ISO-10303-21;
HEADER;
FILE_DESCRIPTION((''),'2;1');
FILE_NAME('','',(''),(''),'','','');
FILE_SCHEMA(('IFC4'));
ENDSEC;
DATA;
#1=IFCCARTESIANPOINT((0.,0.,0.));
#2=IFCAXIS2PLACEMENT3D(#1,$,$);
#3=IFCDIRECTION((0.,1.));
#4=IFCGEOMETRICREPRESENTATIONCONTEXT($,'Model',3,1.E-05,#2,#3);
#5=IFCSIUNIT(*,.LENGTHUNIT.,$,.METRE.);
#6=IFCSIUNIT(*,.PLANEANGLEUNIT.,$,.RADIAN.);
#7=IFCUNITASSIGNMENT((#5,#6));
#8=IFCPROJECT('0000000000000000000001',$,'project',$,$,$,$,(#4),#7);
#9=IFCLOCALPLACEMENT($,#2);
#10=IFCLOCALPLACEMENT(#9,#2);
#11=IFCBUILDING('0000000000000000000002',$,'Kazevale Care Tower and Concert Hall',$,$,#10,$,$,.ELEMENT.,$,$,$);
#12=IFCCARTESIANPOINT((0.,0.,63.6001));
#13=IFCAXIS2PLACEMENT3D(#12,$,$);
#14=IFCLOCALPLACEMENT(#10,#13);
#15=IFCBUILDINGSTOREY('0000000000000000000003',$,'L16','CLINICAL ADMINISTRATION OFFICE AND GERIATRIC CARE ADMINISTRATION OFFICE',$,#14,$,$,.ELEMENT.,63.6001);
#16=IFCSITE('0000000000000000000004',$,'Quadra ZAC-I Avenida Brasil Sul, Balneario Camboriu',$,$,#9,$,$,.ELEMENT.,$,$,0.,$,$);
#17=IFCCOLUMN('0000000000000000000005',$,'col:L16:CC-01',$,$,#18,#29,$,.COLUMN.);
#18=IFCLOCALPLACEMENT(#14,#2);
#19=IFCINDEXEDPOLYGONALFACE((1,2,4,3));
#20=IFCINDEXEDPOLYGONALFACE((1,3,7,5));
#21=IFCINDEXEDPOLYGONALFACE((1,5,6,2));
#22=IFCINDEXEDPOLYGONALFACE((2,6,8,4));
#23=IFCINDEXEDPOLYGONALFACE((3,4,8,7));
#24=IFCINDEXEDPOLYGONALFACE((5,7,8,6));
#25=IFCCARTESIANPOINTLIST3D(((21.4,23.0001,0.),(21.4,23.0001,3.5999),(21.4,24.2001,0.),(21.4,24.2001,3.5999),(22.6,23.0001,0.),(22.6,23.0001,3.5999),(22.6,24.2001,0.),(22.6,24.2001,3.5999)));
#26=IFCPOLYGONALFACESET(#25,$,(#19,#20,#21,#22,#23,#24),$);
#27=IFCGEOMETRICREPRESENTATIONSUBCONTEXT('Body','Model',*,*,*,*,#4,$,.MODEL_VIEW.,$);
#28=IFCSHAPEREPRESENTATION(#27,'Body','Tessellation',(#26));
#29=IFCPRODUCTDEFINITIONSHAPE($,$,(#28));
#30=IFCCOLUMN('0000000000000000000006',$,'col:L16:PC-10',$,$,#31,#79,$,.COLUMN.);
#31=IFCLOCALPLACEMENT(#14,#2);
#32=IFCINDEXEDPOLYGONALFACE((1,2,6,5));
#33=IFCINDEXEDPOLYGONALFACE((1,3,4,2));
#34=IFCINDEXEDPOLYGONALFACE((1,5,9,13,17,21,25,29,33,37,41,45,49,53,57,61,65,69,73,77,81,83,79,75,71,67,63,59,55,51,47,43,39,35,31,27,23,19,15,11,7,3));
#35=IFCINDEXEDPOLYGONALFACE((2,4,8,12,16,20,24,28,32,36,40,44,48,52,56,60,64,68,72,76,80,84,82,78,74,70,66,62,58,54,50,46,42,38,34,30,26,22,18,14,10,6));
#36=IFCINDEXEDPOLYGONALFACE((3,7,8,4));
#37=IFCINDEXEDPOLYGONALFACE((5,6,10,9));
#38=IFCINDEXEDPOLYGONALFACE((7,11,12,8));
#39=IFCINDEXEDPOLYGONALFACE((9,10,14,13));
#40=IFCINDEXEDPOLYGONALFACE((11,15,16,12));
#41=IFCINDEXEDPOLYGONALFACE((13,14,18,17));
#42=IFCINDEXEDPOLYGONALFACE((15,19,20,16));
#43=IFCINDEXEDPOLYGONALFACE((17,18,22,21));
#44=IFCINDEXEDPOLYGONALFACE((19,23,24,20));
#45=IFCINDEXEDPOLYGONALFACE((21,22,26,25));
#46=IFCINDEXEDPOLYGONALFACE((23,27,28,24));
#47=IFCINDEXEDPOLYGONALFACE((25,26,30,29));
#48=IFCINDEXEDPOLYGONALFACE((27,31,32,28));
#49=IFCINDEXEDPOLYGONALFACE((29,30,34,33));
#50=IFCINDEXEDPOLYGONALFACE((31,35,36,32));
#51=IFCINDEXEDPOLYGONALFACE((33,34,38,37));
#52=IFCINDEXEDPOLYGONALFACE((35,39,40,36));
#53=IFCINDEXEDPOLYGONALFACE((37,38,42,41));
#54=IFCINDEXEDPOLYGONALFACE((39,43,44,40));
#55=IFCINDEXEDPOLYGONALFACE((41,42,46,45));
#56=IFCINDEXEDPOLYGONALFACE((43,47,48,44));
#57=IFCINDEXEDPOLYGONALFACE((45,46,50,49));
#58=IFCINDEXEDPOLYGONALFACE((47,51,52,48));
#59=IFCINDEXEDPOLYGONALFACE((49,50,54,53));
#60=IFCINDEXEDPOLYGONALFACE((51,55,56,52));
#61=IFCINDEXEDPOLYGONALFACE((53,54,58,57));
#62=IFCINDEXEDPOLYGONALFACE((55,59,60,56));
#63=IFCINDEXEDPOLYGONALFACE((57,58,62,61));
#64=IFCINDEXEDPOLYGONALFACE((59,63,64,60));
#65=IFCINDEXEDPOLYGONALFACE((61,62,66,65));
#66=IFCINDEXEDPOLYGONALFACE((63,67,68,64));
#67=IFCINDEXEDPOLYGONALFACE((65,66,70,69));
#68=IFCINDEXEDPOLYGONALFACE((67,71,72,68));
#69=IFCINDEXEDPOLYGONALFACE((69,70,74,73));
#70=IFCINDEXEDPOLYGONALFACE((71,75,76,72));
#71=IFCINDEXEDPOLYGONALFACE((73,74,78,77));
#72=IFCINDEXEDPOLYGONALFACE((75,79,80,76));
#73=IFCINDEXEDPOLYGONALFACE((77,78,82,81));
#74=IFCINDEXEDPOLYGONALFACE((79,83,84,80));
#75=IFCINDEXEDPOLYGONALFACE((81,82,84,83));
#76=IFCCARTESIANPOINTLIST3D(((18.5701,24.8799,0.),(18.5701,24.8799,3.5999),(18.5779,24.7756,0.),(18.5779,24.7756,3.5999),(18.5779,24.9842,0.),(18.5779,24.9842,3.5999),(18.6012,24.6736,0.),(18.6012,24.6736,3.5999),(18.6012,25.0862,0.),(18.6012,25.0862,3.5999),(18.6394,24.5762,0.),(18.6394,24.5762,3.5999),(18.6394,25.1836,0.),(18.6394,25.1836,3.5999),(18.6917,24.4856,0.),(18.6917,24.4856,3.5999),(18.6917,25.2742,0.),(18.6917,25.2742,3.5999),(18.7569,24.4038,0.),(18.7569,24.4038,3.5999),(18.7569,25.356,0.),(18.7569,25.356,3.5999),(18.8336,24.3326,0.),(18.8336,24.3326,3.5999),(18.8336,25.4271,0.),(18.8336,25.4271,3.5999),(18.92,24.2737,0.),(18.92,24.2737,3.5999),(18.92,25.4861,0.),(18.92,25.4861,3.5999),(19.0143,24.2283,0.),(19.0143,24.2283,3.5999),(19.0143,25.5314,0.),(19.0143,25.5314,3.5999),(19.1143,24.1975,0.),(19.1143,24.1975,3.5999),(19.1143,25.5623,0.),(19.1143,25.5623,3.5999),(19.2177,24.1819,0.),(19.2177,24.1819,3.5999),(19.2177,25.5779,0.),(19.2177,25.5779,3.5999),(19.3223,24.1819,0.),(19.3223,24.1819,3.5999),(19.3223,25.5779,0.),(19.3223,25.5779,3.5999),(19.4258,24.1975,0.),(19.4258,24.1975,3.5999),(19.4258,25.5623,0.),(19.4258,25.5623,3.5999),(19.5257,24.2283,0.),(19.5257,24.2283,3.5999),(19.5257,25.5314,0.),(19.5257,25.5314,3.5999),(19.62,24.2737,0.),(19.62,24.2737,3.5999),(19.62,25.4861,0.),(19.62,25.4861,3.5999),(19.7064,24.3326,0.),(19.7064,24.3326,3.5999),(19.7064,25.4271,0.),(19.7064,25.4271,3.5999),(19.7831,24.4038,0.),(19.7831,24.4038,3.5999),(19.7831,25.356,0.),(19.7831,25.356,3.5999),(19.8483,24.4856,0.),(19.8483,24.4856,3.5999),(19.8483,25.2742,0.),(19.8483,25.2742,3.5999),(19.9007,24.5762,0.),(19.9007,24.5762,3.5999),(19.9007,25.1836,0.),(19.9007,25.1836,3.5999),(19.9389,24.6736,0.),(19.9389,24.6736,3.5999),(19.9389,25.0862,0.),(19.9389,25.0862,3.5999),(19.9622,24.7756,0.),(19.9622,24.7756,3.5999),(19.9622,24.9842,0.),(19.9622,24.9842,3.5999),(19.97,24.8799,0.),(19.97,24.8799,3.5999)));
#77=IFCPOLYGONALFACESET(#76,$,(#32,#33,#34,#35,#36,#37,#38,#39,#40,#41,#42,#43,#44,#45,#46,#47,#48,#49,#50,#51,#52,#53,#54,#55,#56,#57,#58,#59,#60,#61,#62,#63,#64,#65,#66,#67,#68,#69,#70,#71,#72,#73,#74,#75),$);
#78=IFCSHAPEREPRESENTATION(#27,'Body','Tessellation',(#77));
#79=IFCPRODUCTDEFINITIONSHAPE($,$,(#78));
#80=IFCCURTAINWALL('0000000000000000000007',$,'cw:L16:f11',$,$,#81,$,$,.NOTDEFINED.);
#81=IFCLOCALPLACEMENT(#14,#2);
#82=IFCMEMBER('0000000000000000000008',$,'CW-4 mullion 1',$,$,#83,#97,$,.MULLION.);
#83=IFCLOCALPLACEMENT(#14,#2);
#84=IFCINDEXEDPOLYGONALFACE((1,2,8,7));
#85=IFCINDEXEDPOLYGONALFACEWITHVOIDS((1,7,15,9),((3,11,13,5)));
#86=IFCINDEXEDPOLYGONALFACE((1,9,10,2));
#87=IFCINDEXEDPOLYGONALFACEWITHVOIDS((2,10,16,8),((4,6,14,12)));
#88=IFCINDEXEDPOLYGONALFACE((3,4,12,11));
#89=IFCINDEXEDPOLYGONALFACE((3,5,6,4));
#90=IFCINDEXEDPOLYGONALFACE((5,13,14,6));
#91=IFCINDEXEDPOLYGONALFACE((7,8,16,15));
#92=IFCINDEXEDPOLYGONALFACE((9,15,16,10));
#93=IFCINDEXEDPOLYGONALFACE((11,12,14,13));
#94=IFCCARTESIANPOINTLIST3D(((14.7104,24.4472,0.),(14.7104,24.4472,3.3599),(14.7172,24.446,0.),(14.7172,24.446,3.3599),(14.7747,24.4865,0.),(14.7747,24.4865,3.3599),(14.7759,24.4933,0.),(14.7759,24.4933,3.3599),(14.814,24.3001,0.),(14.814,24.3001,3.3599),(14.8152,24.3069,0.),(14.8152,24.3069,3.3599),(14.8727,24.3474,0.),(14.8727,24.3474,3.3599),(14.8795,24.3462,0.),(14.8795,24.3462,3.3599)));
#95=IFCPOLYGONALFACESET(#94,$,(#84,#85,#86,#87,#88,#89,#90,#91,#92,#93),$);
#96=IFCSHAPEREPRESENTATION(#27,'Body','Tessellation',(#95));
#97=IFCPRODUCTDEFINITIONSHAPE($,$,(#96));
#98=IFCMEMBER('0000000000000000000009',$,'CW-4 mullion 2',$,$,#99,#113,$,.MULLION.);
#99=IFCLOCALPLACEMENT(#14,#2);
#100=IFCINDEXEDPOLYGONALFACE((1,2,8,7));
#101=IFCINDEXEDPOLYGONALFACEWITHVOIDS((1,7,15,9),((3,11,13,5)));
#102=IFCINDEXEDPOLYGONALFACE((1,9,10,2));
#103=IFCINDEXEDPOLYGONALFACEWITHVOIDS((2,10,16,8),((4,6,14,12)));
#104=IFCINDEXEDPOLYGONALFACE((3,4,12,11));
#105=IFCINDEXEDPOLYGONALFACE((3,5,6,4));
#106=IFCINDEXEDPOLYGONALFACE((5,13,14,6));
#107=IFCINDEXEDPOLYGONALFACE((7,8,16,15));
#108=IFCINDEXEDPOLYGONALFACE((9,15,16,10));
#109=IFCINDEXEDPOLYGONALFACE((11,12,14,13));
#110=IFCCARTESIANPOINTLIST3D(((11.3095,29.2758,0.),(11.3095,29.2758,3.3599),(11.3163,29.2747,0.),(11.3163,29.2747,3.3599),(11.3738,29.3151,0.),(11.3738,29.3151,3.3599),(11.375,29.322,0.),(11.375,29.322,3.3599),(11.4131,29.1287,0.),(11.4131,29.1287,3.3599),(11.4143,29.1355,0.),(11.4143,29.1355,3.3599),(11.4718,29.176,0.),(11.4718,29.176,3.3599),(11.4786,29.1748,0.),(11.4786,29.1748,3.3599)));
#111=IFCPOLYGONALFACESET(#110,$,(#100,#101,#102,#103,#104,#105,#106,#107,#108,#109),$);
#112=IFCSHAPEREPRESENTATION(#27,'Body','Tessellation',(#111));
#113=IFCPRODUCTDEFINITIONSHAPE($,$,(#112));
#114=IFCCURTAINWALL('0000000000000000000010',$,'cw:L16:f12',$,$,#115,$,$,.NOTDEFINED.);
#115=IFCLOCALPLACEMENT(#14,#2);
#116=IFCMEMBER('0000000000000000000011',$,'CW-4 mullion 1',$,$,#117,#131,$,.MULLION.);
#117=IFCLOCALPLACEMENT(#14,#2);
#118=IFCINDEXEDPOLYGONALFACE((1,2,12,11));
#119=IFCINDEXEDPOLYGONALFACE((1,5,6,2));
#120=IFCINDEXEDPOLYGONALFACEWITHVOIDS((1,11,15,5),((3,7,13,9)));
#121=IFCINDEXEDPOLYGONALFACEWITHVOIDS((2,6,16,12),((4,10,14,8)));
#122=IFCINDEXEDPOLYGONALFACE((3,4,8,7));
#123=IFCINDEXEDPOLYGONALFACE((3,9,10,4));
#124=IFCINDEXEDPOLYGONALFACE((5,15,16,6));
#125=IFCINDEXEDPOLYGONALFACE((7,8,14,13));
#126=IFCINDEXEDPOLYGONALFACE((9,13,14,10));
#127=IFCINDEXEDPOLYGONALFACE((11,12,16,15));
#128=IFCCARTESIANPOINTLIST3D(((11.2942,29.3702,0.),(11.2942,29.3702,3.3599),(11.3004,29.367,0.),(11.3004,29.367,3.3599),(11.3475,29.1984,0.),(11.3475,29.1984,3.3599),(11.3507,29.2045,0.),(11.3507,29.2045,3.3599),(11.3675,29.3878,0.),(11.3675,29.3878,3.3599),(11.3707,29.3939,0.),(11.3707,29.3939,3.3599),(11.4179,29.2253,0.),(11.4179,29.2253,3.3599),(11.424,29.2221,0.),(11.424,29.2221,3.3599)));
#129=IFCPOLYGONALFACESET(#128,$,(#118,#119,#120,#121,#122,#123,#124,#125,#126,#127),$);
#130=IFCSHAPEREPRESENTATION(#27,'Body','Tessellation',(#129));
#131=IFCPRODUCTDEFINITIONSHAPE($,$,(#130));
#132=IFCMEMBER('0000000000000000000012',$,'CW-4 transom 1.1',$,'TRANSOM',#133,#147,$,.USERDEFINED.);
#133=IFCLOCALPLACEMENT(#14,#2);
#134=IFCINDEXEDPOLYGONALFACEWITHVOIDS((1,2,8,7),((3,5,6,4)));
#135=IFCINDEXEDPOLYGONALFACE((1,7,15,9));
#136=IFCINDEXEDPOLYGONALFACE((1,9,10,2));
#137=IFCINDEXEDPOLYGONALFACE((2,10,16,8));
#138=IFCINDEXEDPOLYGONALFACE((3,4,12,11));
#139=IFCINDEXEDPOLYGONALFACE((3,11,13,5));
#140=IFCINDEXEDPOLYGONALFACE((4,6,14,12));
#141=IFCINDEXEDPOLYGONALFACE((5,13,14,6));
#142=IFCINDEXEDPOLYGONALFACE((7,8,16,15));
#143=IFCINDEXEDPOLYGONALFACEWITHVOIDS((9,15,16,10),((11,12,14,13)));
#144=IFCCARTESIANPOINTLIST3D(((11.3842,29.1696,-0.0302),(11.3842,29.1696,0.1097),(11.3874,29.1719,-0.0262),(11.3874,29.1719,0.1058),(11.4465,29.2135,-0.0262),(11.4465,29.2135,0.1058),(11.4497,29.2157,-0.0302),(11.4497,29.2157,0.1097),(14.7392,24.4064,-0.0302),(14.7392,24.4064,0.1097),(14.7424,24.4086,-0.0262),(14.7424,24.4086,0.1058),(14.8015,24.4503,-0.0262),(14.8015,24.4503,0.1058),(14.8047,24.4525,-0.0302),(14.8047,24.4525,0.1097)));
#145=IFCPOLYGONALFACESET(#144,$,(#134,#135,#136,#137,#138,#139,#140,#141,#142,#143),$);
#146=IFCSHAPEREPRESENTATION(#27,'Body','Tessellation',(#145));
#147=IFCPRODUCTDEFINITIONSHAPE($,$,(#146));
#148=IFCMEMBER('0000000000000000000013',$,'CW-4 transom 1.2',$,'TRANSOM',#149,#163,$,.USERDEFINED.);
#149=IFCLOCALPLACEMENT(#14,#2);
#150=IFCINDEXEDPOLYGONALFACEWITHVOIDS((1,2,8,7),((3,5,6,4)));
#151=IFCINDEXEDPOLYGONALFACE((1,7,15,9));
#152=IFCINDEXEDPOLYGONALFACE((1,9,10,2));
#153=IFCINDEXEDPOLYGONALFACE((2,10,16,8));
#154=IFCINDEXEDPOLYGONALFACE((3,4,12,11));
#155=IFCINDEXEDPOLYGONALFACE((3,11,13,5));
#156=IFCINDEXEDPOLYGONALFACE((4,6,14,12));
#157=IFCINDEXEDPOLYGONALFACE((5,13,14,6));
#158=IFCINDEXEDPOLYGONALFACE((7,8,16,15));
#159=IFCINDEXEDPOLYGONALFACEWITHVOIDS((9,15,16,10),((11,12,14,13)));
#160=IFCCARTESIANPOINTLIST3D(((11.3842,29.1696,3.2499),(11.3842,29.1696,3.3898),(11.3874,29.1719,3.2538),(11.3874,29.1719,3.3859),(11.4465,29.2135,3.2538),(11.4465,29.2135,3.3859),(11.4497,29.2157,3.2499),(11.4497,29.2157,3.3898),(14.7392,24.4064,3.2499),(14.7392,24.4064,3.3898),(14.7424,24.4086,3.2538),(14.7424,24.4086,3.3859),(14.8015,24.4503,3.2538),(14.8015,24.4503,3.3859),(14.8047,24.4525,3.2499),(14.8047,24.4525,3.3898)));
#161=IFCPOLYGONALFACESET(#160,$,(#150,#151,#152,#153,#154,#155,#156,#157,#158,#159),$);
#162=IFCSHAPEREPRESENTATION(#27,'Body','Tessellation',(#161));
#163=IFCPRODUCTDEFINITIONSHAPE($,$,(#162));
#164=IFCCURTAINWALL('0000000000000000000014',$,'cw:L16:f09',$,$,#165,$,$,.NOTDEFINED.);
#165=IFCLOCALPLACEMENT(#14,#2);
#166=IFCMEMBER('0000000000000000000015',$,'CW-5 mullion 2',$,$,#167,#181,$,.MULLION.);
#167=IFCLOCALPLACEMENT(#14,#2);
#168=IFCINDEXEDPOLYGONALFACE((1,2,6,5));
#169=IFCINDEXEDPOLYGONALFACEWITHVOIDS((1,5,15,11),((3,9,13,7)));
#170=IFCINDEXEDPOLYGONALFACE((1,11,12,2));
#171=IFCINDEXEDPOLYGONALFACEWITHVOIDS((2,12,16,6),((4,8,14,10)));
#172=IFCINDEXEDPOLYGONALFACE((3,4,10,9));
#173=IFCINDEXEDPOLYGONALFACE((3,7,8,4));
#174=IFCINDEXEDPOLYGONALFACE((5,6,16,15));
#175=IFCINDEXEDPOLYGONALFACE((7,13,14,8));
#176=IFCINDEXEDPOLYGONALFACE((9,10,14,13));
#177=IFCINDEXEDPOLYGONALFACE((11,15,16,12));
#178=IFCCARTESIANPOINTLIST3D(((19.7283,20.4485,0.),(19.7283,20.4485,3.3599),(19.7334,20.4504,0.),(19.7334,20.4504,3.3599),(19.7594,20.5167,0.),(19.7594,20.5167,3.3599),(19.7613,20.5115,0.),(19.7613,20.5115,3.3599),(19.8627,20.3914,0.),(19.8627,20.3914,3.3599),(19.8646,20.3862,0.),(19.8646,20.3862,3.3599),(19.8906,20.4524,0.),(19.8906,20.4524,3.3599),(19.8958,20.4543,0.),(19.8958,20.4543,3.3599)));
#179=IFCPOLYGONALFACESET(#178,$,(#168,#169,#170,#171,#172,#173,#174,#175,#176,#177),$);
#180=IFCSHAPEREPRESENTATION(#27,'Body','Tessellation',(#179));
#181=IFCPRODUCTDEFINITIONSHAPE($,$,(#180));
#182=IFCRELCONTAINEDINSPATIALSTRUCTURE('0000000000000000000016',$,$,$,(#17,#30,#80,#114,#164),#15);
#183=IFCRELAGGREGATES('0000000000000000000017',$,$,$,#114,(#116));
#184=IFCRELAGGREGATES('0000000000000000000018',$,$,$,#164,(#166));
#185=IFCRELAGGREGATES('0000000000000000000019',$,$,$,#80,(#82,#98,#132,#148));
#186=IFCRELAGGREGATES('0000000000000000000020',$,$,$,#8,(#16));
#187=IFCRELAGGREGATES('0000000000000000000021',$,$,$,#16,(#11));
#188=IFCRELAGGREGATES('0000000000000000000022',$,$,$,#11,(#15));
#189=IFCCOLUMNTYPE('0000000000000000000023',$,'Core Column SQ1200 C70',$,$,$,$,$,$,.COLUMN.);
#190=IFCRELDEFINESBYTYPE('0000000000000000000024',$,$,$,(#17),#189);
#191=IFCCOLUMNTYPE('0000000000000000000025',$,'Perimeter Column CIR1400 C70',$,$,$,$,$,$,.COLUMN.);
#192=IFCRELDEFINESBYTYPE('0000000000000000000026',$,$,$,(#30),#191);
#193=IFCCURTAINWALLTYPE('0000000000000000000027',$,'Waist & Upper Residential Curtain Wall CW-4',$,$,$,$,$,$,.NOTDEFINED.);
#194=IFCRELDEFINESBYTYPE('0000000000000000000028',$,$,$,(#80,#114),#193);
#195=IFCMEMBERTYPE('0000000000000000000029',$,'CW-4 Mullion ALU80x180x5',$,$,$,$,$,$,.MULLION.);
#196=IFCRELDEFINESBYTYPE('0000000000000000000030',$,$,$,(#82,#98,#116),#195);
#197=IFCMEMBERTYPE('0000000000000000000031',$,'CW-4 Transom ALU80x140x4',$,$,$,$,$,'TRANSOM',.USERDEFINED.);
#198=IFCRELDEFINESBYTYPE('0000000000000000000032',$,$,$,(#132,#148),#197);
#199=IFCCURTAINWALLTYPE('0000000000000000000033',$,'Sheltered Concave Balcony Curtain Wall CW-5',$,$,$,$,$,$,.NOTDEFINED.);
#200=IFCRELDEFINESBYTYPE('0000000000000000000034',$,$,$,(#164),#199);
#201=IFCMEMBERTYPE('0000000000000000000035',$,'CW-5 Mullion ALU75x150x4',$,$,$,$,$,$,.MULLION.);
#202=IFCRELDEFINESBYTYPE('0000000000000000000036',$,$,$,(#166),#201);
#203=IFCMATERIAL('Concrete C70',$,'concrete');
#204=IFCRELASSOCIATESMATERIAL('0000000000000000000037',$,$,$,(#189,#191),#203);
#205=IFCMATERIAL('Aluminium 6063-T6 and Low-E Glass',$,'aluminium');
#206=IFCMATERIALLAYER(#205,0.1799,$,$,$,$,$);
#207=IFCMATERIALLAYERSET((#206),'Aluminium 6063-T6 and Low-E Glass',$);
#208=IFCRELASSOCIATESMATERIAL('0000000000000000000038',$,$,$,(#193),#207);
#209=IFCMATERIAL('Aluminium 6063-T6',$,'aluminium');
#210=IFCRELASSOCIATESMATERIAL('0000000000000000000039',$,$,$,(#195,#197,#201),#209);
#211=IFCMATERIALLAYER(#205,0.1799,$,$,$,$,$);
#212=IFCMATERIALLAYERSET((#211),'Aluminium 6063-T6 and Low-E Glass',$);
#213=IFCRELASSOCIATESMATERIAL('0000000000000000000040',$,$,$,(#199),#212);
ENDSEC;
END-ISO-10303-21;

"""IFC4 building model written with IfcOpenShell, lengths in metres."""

from ifc_helpers import new_model, si_unit, direction, frame, origin, origin_2d, place, context, subcontext, project, spatial, rectangle, hollow_rectangle, circle, extrude, material, layer, layer_set, material_profile, profile_set, type_object, element, aggregate, save


model = new_model("IFC4")

# Units and contexts
model_context = context("Model", 3, precision=1e-05, world=origin(), true_north=direction((0.0, 1.0)))
body_context = subcontext(model_context, "Body", "Model", "MODEL_VIEW")
ifc_project = project(units=[si_unit("LENGTHUNIT", "METRE"), si_unit("PLANEANGLEUNIT", "RADIAN")], contexts=[model_context])

# Site, building, storey
site_placement = place(None, origin())
site = spatial("IfcSite", under=ifc_project, at=site_placement, Name="Quadra ZAC-I Avenida Brasil Sul, Balneario Camboriu", CompositionType="ELEMENT", RefElevation=0.0)
building_placement = place(site_placement, origin())
building = spatial("IfcBuilding", under=site, at=building_placement, Name="Kazevale Care Tower and Concert Hall", CompositionType="ELEMENT")
storey_placement = place(building_placement, frame((0.0, 0.0, 63.6001)))
storey = spatial("IfcBuildingStorey", under=building, at=storey_placement, Name="L16", Description="CLINICAL ADMINISTRATION OFFICE AND GERIATRIC CARE ADMINISTRATION OFFICE", CompositionType="ELEMENT", Elevation=63.6001)

# Columns
ifc_material_1 = material(Name="Concrete C70", Category="concrete")
ifc_material_profile_1 = material_profile(ifc_material_1, rectangle(XDim=1.2, YDim=1.2, at=origin_2d()), Name="RC-SQ1200")
ifc_profile_set_1 = profile_set([ifc_material_profile_1], Name="Concrete C70")
column_type_1 = type_object("IfcColumnType", Name="Core Column SQ1200 C70", PredefinedType="COLUMN", material=ifc_profile_set_1)
column_1_placement = place(storey_placement, frame((22.0, 23.6001, 0.0), z_axis=(0.0, 0.0, 1.0), x_axis=(1.0, 0.0, 0.0)))
element("IfcColumn", 1, at=column_1_placement, inside=storey, type_object=column_type_1, Name="col:L16:CC-01", PredefinedType="COLUMN", context=body_context, shape_type="SweptSolid", body=[
    extrude(rectangle(XDim=1.2, YDim=1.2, at=origin_2d()), origin(), (0.0, 0.0, 1.0), 3.5999),
])
ifc_material_profile_2 = material_profile(ifc_material_1, circle(Radius=0.7, at=origin_2d()), Name="RC-CIR1400")
ifc_profile_set_2 = profile_set([ifc_material_profile_2], Name="Concrete C70")
column_type_2 = type_object("IfcColumnType", Name="Perimeter Column CIR1400 C70", PredefinedType="COLUMN", material=ifc_profile_set_2)
column_2_placement = place(storey_placement, frame((19.27, 24.8799, 0.0), z_axis=(0.0, 0.0, 1.0), x_axis=(1.0, 0.0, 0.0)))
element("IfcColumn", 2, at=column_2_placement, inside=storey, type_object=column_type_2, Name="col:L16:PC-10", PredefinedType="COLUMN", context=body_context, shape_type="SweptSolid", body=[
    extrude(circle(Radius=0.7, at=origin_2d()), origin(), (0.0, 0.0, 1.0), 3.5999),
])

# Curtain wall, members
ifc_material_2 = material(Name="Aluminium 6063-T6 and Low-E Glass", Category="aluminium")
ifc_layer_1 = layer(ifc_material_2, 0.1799)
ifc_layer_set_1 = layer_set([ifc_layer_1], Name="Aluminium 6063-T6 and Low-E Glass")
curtain_wall_type_1 = type_object("IfcCurtainWallType", Name="Waist & Upper Residential Curtain Wall CW-4", PredefinedType="NOTDEFINED", material=ifc_layer_set_1)
curtain_wall_1_placement = place(storey_placement, origin())
curtain_wall_1 = element("IfcCurtainWall", 3, at=curtain_wall_1_placement, inside=storey, type_object=curtain_wall_type_1, Name="cw:L16:f11", PredefinedType="NOTDEFINED")
ifc_material_3 = material(Name="Aluminium 6063-T6", Category="aluminium")
ifc_material_profile_3 = material_profile(ifc_material_3, hollow_rectangle(XDim=0.0801, YDim=0.1799, WallThickness=0.0049, at=origin_2d()), Name="ALU80x180x5")
ifc_profile_set_3 = profile_set([ifc_material_profile_3], Name="Aluminium 6063-T6")
member_type_1 = type_object("IfcMemberType", Name="CW-4 Mullion ALU80x180x5", PredefinedType="MULLION", material=ifc_profile_set_3)
member_1_placement = place(storey_placement, frame((14.7949, 24.3967, 0.0), z_axis=(0.0, 0.0, 1.0), x_axis=(-0.817565, -0.575837, 0.0)))
member_1 = element("IfcMember", 4, at=member_1_placement, type_object=member_type_1, Name="CW-4 mullion 1", PredefinedType="MULLION", context=body_context, shape_type="SweptSolid", body=[
    extrude(hollow_rectangle(XDim=0.0801, YDim=0.1799, WallThickness=0.0049, at=origin_2d()), origin(), (0.0, 0.0, 1.0), 3.3599),
])
member_2_placement = place(storey_placement, frame((11.394, 29.2253, 0.0), z_axis=(0.0, 0.0, 1.0), x_axis=(-0.817565, -0.575837, 0.0)))
member_2 = element("IfcMember", 5, at=member_2_placement, type_object=member_type_1, Name="CW-4 mullion 2", PredefinedType="MULLION", context=body_context, shape_type="SweptSolid", body=[
    extrude(hollow_rectangle(XDim=0.0801, YDim=0.1799, WallThickness=0.0049, at=origin_2d()), origin(), (0.0, 0.0, 1.0), 3.3599),
])

# Curtain wall, member
curtain_wall_2_placement = place(storey_placement, origin())
curtain_wall_2 = element("IfcCurtainWall", 6, at=curtain_wall_2_placement, inside=storey, type_object=curtain_wall_type_1, Name="cw:L16:f12", PredefinedType="NOTDEFINED")
member_3_placement = place(storey_placement, frame((11.3591, 29.2961, 0.0), z_axis=(0.0, 0.0, 1.0), x_axis=(-0.955157, -0.296099, 0.0)))
member_3 = element("IfcMember", 7, at=member_3_placement, type_object=member_type_1, Name="CW-4 mullion 1", PredefinedType="MULLION", context=body_context, shape_type="SweptSolid", body=[
    extrude(hollow_rectangle(XDim=0.0801, YDim=0.1799, WallThickness=0.0049, at=origin_2d()), origin(), (0.0, 0.0, 1.0), 3.3599),
])
aggregate(curtain_wall_2, [member_3])

# Members
ifc_material_profile_4 = material_profile(ifc_material_3, hollow_rectangle(XDim=0.0801, YDim=0.1399, WallThickness=0.0039, at=origin_2d()), Name="ALU80x140x4")
ifc_profile_set_4 = profile_set([ifc_material_profile_4], Name="Aluminium 6063-T6")
member_type_2 = type_object("IfcMemberType", Name="CW-4 Transom ALU80x140x4", ElementType="TRANSOM", PredefinedType="USERDEFINED", material=ifc_profile_set_4)
member_4_placement = place(storey_placement, frame((14.772, 24.4294, 0.0398), z_axis=(-0.57585, 0.817555, 0.0), x_axis=(-0.817555, -0.57585, 0.0)))
member_4 = element("IfcMember", 8, at=member_4_placement, type_object=member_type_2, Name="CW-4 transom 1.1", ObjectType="TRANSOM", PredefinedType="USERDEFINED", context=body_context, shape_type="SweptSolid", body=[
    extrude(hollow_rectangle(XDim=0.0801, YDim=0.1399, WallThickness=0.0039, at=origin_2d()), origin(), (0.0, 0.0, 1.0), 5.8262),
])
member_5_placement = place(storey_placement, frame((14.772, 24.4294, 3.3198), z_axis=(-0.57585, 0.817555, 0.0), x_axis=(-0.817555, -0.57585, 0.0)))
member_5 = element("IfcMember", 9, at=member_5_placement, type_object=member_type_2, Name="CW-4 transom 1.2", ObjectType="TRANSOM", PredefinedType="USERDEFINED", context=body_context, shape_type="SweptSolid", body=[
    extrude(hollow_rectangle(XDim=0.0801, YDim=0.1399, WallThickness=0.0039, at=origin_2d()), origin(), (0.0, 0.0, 1.0), 5.8262),
])

# Curtain wall, member
ifc_layer_2 = layer(ifc_material_2, 0.1799)
ifc_layer_set_2 = layer_set([ifc_layer_2], Name="Aluminium 6063-T6 and Low-E Glass")
curtain_wall_type_2 = type_object("IfcCurtainWallType", Name="Sheltered Concave Balcony Curtain Wall CW-5", PredefinedType="NOTDEFINED", material=ifc_layer_set_2)
curtain_wall_3_placement = place(storey_placement, origin())
curtain_wall_3 = element("IfcCurtainWall", 10, at=curtain_wall_3_placement, inside=storey, type_object=curtain_wall_type_2, Name="cw:L16:f09", PredefinedType="NOTDEFINED")
ifc_material_profile_5 = material_profile(ifc_material_3, hollow_rectangle(XDim=0.075, YDim=0.1499, WallThickness=0.0039, at=origin_2d()), Name="ALU75x150x4")
ifc_profile_set_5 = profile_set([ifc_material_profile_5], Name="Aluminium 6063-T6")
member_type_3 = type_object("IfcMemberType", Name="CW-5 Mullion ALU75x150x4", PredefinedType="MULLION", material=ifc_profile_set_5)
member_6_placement = place(storey_placement, frame((19.812, 20.4514, 0.0), z_axis=(0.0, 0.0, 1.0), x_axis=(-0.41566, -0.90952, 0.0)))
member_6 = element("IfcMember", 11, at=member_6_placement, type_object=member_type_3, Name="CW-5 mullion 2", PredefinedType="MULLION", context=body_context, shape_type="SweptSolid", body=[
    extrude(hollow_rectangle(XDim=0.075, YDim=0.1499, WallThickness=0.0039, at=origin_2d()), origin(), (0.0, 0.0, 1.0), 3.3599),
])
aggregate(curtain_wall_3, [member_6])

aggregate(curtain_wall_1, [member_1, member_2, member_4, member_5])

save(model, "model.ifc")
